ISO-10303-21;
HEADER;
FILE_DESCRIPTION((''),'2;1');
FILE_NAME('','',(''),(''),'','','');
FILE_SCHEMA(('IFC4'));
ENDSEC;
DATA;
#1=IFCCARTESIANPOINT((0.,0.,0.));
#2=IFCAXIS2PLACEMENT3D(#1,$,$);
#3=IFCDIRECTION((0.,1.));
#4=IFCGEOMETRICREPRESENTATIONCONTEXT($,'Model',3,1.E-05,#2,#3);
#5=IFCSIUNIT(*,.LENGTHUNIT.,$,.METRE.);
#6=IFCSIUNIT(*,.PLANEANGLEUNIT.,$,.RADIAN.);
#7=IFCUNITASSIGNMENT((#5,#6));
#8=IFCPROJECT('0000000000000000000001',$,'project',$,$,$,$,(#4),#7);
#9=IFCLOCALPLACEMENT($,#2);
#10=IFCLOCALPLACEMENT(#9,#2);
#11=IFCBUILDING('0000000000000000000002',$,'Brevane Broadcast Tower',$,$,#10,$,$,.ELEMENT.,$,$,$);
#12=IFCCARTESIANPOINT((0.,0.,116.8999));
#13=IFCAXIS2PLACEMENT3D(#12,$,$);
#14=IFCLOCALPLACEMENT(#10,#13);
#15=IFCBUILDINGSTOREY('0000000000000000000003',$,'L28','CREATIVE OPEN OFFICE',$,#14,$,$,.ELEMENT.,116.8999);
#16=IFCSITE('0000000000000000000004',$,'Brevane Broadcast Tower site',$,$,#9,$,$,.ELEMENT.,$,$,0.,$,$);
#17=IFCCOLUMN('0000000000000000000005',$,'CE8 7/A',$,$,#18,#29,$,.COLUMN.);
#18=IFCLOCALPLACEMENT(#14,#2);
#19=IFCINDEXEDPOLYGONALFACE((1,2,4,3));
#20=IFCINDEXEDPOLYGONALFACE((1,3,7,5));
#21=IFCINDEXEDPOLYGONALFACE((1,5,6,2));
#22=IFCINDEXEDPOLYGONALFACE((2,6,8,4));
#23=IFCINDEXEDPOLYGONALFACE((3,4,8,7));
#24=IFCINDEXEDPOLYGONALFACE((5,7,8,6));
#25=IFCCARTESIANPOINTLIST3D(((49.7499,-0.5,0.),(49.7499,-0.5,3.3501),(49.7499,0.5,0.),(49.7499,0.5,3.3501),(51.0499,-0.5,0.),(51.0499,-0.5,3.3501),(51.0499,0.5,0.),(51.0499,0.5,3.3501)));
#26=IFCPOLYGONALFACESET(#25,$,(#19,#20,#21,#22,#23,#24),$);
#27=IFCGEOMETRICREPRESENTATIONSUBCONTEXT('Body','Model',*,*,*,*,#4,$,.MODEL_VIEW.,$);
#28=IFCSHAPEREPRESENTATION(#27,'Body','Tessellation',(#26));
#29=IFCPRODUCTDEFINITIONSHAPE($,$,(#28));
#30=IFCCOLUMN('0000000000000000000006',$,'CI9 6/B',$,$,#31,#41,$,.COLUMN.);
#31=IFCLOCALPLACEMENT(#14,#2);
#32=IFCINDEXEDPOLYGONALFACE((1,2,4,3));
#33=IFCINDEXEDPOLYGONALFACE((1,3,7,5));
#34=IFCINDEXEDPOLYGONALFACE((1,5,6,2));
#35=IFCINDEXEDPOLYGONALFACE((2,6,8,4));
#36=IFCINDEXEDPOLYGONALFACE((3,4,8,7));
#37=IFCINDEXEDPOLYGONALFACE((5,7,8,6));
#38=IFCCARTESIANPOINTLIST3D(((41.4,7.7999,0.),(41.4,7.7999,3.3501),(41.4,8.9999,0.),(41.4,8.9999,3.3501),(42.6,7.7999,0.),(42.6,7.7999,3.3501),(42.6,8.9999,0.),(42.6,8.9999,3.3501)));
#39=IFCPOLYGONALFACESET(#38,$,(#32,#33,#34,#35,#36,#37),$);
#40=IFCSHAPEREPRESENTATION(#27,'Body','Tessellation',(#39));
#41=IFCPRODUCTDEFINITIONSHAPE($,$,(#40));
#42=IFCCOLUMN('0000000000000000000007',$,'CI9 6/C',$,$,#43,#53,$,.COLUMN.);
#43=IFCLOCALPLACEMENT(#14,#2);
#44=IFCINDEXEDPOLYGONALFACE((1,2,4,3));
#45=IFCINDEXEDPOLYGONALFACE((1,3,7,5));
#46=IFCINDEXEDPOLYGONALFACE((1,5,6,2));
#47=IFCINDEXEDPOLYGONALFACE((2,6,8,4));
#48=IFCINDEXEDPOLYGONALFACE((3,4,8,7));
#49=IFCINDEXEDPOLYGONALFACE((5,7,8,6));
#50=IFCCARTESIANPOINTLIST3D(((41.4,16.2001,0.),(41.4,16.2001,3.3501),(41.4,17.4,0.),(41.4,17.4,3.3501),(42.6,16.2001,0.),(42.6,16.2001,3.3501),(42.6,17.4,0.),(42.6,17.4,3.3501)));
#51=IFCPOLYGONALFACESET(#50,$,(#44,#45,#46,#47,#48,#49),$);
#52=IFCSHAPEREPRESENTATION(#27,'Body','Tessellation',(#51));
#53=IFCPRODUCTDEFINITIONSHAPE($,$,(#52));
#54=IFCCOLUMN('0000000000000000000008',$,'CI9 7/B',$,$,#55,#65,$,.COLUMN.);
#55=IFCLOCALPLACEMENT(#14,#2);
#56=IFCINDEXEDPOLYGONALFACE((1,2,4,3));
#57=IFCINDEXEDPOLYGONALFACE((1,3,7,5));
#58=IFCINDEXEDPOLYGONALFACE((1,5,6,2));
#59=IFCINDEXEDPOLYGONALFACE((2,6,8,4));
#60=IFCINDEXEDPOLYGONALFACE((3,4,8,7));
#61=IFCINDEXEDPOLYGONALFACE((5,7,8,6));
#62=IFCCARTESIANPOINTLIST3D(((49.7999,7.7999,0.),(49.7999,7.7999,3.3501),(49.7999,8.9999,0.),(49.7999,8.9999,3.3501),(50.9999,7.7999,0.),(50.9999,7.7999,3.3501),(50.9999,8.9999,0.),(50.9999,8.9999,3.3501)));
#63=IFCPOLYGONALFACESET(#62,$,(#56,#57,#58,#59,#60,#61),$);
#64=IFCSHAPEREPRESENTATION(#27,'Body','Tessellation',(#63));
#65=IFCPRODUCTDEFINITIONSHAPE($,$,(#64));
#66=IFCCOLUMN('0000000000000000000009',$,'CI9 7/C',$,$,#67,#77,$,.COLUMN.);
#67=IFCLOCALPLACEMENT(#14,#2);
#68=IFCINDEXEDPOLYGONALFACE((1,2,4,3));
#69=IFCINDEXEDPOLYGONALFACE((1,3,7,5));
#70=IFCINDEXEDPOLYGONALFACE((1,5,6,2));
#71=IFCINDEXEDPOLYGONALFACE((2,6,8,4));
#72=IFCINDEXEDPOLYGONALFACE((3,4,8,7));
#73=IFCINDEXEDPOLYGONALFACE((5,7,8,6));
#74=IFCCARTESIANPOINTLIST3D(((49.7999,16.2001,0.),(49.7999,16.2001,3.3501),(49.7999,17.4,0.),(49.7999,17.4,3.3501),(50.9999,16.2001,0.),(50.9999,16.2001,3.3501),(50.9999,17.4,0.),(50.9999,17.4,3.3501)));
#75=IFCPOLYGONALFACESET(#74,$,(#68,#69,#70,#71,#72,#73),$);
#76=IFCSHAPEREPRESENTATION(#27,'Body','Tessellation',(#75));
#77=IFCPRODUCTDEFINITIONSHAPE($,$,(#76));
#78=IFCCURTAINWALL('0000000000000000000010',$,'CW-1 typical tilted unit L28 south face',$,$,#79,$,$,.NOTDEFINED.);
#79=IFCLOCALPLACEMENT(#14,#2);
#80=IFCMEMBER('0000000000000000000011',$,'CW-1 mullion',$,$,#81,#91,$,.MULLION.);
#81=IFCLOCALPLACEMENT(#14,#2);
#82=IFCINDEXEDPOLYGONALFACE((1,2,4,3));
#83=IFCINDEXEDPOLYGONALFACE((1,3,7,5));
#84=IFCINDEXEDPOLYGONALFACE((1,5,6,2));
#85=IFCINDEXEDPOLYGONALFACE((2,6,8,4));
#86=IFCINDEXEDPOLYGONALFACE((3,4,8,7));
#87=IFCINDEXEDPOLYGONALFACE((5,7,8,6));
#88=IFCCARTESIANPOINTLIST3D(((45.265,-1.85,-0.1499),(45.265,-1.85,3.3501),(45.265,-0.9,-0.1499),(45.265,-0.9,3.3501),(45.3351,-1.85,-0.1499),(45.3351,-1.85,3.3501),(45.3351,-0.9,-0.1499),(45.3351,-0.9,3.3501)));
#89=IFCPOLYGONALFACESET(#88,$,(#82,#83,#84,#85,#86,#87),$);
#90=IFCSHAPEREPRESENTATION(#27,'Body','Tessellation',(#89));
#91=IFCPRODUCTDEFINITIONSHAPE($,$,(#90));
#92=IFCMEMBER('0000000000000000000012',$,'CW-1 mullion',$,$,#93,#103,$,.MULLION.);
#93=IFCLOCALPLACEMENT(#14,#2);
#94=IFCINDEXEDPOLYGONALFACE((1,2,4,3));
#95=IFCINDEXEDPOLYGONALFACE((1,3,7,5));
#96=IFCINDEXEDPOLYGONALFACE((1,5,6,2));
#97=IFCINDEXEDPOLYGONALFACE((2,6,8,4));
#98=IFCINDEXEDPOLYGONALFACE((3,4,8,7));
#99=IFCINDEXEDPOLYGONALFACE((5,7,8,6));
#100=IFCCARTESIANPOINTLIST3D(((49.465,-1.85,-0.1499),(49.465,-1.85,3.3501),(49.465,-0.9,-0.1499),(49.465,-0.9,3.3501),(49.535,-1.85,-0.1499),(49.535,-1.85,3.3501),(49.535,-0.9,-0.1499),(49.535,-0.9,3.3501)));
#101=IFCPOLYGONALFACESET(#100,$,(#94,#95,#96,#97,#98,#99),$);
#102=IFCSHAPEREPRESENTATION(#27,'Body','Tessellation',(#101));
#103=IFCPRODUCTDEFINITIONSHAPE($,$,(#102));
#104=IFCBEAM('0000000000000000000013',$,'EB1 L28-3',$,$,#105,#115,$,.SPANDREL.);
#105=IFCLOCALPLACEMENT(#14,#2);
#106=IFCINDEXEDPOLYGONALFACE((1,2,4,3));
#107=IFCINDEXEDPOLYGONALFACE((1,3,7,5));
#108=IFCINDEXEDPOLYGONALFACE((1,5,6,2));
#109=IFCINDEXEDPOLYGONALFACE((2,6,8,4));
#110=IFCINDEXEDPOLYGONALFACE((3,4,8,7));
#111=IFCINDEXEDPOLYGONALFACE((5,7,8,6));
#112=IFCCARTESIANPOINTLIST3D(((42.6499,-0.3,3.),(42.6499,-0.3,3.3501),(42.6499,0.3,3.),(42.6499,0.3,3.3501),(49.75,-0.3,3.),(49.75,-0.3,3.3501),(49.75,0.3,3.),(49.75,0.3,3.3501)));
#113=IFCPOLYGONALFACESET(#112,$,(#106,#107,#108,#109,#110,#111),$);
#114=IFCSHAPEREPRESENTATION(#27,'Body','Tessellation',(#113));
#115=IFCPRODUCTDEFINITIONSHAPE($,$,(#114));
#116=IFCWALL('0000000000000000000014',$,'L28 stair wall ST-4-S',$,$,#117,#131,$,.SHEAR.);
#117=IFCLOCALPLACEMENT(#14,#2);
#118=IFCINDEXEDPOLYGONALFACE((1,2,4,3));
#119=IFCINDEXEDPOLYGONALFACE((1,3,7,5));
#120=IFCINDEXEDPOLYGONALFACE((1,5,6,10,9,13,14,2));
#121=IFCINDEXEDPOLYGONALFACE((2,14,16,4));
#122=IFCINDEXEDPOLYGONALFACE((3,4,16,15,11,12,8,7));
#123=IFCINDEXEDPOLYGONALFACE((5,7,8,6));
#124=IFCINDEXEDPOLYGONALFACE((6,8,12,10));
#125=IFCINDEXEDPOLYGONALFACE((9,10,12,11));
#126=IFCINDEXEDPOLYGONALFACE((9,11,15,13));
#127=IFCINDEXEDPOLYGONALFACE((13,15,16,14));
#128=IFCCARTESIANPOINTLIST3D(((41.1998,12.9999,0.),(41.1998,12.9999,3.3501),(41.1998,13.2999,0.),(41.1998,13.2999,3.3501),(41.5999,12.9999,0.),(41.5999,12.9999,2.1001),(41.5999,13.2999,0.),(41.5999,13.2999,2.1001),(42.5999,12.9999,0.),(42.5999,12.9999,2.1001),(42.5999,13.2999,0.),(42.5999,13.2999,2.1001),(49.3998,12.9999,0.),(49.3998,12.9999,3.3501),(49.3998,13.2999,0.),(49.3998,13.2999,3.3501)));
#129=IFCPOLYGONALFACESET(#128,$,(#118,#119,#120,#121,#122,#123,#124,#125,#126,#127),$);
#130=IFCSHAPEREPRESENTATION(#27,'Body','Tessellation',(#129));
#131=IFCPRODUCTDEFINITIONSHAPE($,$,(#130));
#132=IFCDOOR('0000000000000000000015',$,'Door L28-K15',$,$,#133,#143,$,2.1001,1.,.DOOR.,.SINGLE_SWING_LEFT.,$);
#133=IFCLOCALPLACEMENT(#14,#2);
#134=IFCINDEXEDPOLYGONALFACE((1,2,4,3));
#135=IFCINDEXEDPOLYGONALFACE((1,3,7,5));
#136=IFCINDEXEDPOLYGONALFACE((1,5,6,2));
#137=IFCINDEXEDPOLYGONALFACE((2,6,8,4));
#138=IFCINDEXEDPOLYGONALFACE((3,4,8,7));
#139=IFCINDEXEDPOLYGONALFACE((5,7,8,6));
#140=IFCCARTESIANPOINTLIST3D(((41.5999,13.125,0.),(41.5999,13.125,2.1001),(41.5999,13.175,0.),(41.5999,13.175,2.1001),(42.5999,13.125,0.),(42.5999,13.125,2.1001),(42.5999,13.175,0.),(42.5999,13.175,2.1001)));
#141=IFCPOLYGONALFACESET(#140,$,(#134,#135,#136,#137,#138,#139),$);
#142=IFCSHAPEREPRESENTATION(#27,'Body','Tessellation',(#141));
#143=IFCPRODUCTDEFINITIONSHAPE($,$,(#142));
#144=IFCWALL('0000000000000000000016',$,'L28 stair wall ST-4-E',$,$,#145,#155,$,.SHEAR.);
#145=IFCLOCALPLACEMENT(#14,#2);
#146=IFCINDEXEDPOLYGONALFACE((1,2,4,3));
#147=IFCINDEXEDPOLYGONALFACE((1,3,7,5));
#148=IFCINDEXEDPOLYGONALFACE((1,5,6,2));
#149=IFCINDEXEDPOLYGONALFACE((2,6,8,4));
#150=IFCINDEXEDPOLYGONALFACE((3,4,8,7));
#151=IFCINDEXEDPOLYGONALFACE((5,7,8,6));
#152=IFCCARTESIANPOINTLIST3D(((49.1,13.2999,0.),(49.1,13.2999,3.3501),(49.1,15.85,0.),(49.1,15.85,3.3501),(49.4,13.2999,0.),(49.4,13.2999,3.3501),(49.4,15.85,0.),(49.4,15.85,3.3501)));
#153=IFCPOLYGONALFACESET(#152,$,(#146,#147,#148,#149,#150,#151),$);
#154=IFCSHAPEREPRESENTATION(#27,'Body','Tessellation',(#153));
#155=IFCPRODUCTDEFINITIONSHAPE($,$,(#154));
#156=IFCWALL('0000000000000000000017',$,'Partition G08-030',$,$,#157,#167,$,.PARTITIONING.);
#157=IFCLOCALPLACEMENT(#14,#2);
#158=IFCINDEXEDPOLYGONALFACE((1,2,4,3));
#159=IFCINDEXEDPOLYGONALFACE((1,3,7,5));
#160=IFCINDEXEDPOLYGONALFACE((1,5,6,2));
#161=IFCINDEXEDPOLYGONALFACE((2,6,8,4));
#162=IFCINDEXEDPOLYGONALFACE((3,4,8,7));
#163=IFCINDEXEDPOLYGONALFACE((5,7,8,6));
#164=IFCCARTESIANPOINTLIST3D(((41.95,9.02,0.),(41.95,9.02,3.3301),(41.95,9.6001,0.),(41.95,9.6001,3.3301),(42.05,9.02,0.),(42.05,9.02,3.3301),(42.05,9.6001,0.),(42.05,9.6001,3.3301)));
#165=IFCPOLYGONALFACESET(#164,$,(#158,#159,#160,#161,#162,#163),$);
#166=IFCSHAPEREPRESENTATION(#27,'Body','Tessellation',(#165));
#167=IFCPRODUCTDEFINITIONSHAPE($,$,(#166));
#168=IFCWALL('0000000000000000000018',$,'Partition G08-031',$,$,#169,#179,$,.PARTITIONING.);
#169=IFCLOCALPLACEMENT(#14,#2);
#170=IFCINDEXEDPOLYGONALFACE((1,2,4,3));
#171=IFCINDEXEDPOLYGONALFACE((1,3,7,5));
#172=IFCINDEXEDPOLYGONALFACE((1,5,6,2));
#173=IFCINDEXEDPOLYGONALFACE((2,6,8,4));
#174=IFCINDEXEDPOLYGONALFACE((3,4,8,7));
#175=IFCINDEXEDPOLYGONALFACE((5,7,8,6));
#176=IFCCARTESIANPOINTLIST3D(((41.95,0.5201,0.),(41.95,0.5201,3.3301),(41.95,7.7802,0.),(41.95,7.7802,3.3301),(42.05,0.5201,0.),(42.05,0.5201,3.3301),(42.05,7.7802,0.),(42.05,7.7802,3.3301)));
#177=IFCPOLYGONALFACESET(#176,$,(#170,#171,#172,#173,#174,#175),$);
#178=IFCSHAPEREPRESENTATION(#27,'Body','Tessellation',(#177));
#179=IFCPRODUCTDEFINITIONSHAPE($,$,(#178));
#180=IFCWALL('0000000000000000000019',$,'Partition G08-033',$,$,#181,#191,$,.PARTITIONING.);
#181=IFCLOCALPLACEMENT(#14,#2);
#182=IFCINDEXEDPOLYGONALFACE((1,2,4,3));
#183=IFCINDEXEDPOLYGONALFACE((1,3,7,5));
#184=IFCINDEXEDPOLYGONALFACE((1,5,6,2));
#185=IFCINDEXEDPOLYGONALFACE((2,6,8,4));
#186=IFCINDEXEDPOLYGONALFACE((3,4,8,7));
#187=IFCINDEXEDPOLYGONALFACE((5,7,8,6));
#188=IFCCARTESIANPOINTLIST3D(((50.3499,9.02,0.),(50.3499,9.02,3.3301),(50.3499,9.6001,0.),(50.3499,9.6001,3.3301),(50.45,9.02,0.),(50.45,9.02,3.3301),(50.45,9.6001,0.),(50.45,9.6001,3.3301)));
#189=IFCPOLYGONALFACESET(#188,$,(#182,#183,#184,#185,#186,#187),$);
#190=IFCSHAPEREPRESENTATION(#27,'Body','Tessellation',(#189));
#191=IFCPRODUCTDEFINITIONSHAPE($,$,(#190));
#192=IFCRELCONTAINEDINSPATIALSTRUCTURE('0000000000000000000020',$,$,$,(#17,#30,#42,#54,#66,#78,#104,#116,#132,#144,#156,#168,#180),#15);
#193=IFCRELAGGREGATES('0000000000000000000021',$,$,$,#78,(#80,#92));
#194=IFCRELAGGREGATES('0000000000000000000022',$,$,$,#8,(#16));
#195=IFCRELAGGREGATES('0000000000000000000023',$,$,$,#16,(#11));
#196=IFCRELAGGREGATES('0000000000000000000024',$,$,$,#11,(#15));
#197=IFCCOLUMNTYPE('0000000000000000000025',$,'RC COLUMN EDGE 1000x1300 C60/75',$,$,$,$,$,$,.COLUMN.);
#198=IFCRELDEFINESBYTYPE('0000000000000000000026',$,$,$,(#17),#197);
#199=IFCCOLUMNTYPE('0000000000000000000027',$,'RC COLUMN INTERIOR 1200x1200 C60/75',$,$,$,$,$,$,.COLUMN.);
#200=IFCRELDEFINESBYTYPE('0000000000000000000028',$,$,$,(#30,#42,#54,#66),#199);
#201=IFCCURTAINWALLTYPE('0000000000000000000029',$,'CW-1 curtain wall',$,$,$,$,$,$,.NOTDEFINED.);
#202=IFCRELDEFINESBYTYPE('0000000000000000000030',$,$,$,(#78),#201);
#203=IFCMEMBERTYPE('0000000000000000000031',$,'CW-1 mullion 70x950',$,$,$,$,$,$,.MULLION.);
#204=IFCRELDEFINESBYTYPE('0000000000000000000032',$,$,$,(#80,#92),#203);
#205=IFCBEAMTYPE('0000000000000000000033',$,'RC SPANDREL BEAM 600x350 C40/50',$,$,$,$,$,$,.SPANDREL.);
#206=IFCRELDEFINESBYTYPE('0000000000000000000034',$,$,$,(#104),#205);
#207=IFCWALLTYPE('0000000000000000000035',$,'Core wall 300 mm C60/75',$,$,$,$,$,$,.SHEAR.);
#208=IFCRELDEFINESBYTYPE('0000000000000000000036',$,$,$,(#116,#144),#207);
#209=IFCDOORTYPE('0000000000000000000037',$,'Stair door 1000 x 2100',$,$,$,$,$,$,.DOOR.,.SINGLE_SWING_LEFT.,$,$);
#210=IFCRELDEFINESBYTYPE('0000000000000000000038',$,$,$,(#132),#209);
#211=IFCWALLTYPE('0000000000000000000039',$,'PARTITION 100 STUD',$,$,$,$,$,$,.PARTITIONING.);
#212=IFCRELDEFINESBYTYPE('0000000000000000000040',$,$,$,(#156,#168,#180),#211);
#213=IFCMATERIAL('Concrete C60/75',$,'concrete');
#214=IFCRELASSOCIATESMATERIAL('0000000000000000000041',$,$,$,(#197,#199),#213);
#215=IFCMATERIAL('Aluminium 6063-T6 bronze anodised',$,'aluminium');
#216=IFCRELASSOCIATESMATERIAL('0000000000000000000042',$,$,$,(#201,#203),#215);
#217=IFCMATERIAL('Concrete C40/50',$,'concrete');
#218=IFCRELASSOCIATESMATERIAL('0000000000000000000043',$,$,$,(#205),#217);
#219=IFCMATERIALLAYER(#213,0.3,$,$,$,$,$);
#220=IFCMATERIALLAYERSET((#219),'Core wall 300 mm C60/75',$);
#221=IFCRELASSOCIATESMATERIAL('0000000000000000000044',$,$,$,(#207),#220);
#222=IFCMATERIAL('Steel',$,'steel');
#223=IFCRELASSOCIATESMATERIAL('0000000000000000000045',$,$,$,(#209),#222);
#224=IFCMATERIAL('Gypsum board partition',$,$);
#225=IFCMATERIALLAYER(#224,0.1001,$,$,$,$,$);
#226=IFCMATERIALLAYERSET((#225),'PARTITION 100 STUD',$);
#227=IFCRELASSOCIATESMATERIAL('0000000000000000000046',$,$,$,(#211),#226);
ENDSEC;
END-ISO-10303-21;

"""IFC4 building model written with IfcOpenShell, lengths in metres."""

from ifc_helpers import new_model, si_unit, direction, frame, frame_2d, origin, origin_2d, place, context, subcontext, project, spatial, rectangle, extrude, material, layer, layer_set, material_profile, profile_set, type_object, element, fill, aggregate, save


model = new_model("IFC4")

# Units and contexts
model_context = context("Model", 3, precision=1e-05, world=origin(), true_north=direction((0.0, 1.0)))
body_context = subcontext(model_context, "Body", "Model", "MODEL_VIEW")
ifc_project = project(units=[si_unit("LENGTHUNIT", "METRE"), si_unit("PLANEANGLEUNIT", "RADIAN")], contexts=[model_context])

# Site, building, storey
site_placement = place(None, origin())
site = spatial("IfcSite", under=ifc_project, at=site_placement, Name="Brevane Broadcast Tower site", CompositionType="ELEMENT", RefElevation=0.0)
building_placement = place(site_placement, origin())
building = spatial("IfcBuilding", under=site, at=building_placement, Name="Brevane Broadcast Tower", CompositionType="ELEMENT")
storey_placement = place(building_placement, frame((0.0, 0.0, 116.8999)))
storey = spatial("IfcBuildingStorey", under=building, at=storey_placement, Name="L28", Description="CREATIVE OPEN OFFICE", CompositionType="ELEMENT", Elevation=116.8999)

# Columns
ifc_material_1 = material(Name="Concrete C60/75", Category="concrete")
ifc_material_profile_1 = material_profile(ifc_material_1, rectangle(XDim=1.0, YDim=1.3, at=origin_2d()), Name="RC 1000x1300")
ifc_profile_set_1 = profile_set([ifc_material_profile_1], Name="Concrete C60/75")
column_type_1 = type_object("IfcColumnType", Name="RC COLUMN EDGE 1000x1300 C60/75", PredefinedType="COLUMN", material=ifc_profile_set_1)
column_placement = place(storey_placement, frame((50.3999, 0.0, 0.0), z_axis=(0.0, 0.0, 1.0), x_axis=(0.0, 1.0, 0.0)))
element("IfcColumn", 1, at=column_placement, inside=storey, type_object=column_type_1, Name="CE8 7/A", PredefinedType="COLUMN", context=body_context, shape_type="SweptSolid", body=[
    extrude(rectangle(XDim=1.0, YDim=1.3, at=origin_2d()), origin(), (0.0, 0.0, 1.0), 3.3501),
])
ifc_material_profile_2 = material_profile(ifc_material_1, rectangle(XDim=1.2, YDim=1.2, at=origin_2d()), Name="RC 1200x1200")
ifc_profile_set_2 = profile_set([ifc_material_profile_2], Name="Concrete C60/75")
column_type_2 = type_object("IfcColumnType", Name="RC COLUMN INTERIOR 1200x1200 C60/75", PredefinedType="COLUMN", material=ifc_profile_set_2)
for number, where, z_axis, x_axis, name in (
    (2, (42.0, 8.3999, 0.0), (0.0, 0.0, 1.0), (1.0, 0.0, 0.0), "CI9 6/B"),
    (3, (42.0, 16.8, 0.0), (0.0, 0.0, 1.0), (1.0, 0.0, 0.0), "CI9 6/C"),
    (4, (50.3999, 8.3999, 0.0), (0.0, 0.0, 1.0), (1.0, 0.0, 0.0), "CI9 7/B"),
    (5, (50.3999, 16.8, 0.0), (0.0, 0.0, 1.0), (1.0, 0.0, 0.0), "CI9 7/C"),
):
    element("IfcColumn", number, at=place(storey_placement, frame(where, z_axis=z_axis, x_axis=x_axis)), inside=storey, type_object=column_type_2, Name=name, PredefinedType="COLUMN", context=body_context, shape_type="SweptSolid", body=[
        extrude(rectangle(XDim=1.2, YDim=1.2, at=origin_2d()), origin(), (0.0, 0.0, 1.0), 3.3501),
    ])

# Curtain wall, members
ifc_material_2 = material(Name="Aluminium 6063-T6 bronze anodised", Category="aluminium")
curtain_wall_type = type_object("IfcCurtainWallType", Name="CW-1 curtain wall", PredefinedType="NOTDEFINED", material=ifc_material_2)
curtain_wall_placement = place(storey_placement, origin())
curtain_wall = element("IfcCurtainWall", 6, at=curtain_wall_placement, inside=storey, type_object=curtain_wall_type, Name="CW-1 typical tilted unit L28 south face", PredefinedType="NOTDEFINED")
ifc_material_profile_3 = material_profile(ifc_material_2, rectangle(XDim=0.95, YDim=0.0701, at=origin_2d()), Name="RECT 70x950")
ifc_profile_set_3 = profile_set([ifc_material_profile_3], Name="Aluminium 6063-T6 bronze anodised")
member_type = type_object("IfcMemberType", Name="CW-1 mullion 70x950", PredefinedType="MULLION", material=ifc_profile_set_3)
member_1_placement = place(storey_placement, frame((45.3, -1.375, -0.1499), z_axis=(0.0, 0.0, 1.0), x_axis=(0.0, 1.0, 0.0)))
member_1 = element("IfcMember", 7, at=member_1_placement, type_object=member_type, Name="CW-1 mullion", PredefinedType="MULLION", context=body_context, shape_type="SweptSolid", body=[
    extrude(rectangle(XDim=0.95, YDim=0.0701, at=origin_2d()), origin(), (0.0, 0.0, 1.0), 3.5),
])
member_2_placement = place(storey_placement, frame((49.5, -1.375, -0.1499), z_axis=(0.0, 0.0, 1.0), x_axis=(0.0, 1.0, 0.0)))
member_2 = element("IfcMember", 8, at=member_2_placement, type_object=member_type, Name="CW-1 mullion", PredefinedType="MULLION", context=body_context, shape_type="SweptSolid", body=[
    extrude(rectangle(XDim=0.95, YDim=0.0701, at=origin_2d()), origin(), (0.0, 0.0, 1.0), 3.5),
])
aggregate(curtain_wall, [member_1, member_2])

# Beam
ifc_material_3 = material(Name="Concrete C40/50", Category="concrete")
ifc_material_profile_4 = material_profile(ifc_material_3, rectangle(XDim=0.6001, YDim=0.3501, at=origin_2d()), Name="RC 600x350")
ifc_profile_set_4 = profile_set([ifc_material_profile_4], Name="Concrete C40/50")
beam_type = type_object("IfcBeamType", Name="RC SPANDREL BEAM 600x350 C40/50", PredefinedType="SPANDREL", material=ifc_profile_set_4)
beam_placement = place(storey_placement, frame((42.6499, 0.0, 3.175), z_axis=(1.0, 0.0, 0.0), x_axis=(0.0, 1.0, 0.0)))
element("IfcBeam", 9, at=beam_placement, inside=storey, type_object=beam_type, Name="EB1 L28-3", PredefinedType="SPANDREL", context=body_context, shape_type="SweptSolid", body=[
    extrude(rectangle(XDim=0.6001, YDim=0.3501, at=origin_2d()), origin(), (0.0, 0.0, 1.0), 7.1001),
])

# Wall, opening, door
ifc_layer_1 = layer(ifc_material_1, 0.3)
ifc_layer_set_1 = layer_set([ifc_layer_1], Name="Core wall 300 mm C60/75")
wall_type_1 = type_object("IfcWallType", Name="Core wall 300 mm C60/75", PredefinedType="SHEAR", material=ifc_layer_set_1)
wall_1_placement = place(storey_placement, frame((49.3999, 13.1499, 0.0), z_axis=(0.0, 0.0, 1.0), x_axis=(-1.0, 0.0, 0.0)))
wall_1 = element("IfcWall", 10, at=wall_1_placement, inside=storey, type_object=wall_type_1, Name="L28 stair wall ST-4-S", PredefinedType="SHEAR", context=body_context, shape_type="SweptSolid", body=[
    extrude(rectangle(XDim=8.2, YDim=0.3, at=frame_2d((4.1001, 0.0))), origin(), (0.0, 0.0, 1.0), 3.3501),
])
opening_1_placement = place(wall_1_placement, frame((6.8, 0.0, 0.0)))
opening_1 = element("IfcOpeningElement", 11, at=opening_1_placement, cuts=wall_1, PredefinedType="OPENING", context=body_context, shape_type="SweptSolid", body=[
    extrude(rectangle(XDim=1.0, YDim=2.1001, at=frame_2d((0.5, 1.05))), frame((0.0, 0.1599, 0.0), z_axis=(0.0, -1.0, 0.0), x_axis=(1.0, 0.0, 0.0)), (0.0, 0.0, 1.0), 0.3201),
])
ifc_material_4 = material(Name="Steel", Category="steel")
door_type_1 = type_object("IfcDoorType", Name="Stair door 1000 x 2100", OperationType="SINGLE_SWING_LEFT", PredefinedType="DOOR", material=ifc_material_4)
door_1_placement = place(opening_1_placement, origin())
door_1 = element("IfcDoor", 12, at=door_1_placement, inside=storey, type_object=door_type_1, Name="Door L28-K15", OperationType="SINGLE_SWING_LEFT", OverallHeight=2.1001, OverallWidth=1.0, PredefinedType="DOOR", context=body_context, shape_type="SweptSolid", body=[
    extrude(rectangle(XDim=1.0, YDim=2.1001, at=frame_2d((0.5, 1.05))), frame((0.0, 0.0249, 0.0), z_axis=(0.0, -1.0, 0.0), x_axis=(1.0, 0.0, 0.0)), (0.0, 0.0, 1.0), 0.05),
])
fill(opening_1, door_1)

# Walls
wall_2_placement = place(storey_placement, frame((49.25, 13.3, 0.0), z_axis=(0.0, 0.0, 1.0), x_axis=(0.0, 1.0, 0.0)))
element("IfcWall", 13, at=wall_2_placement, inside=storey, type_object=wall_type_1, Name="L28 stair wall ST-4-E", PredefinedType="SHEAR", context=body_context, shape_type="SweptSolid", body=[
    extrude(rectangle(XDim=2.55, YDim=0.3, at=frame_2d((1.2749, 0.0))), origin(), (0.0, 0.0, 1.0), 3.3501),
])
ifc_material_5 = material(Name="Gypsum board partition")
ifc_layer_2 = layer(ifc_material_5, 0.1001)
ifc_layer_set_2 = layer_set([ifc_layer_2], Name="PARTITION 100 STUD")
wall_type_2 = type_object("IfcWallType", Name="PARTITION 100 STUD", PredefinedType="PARTITIONING", material=ifc_layer_set_2)
wall_3_placement = place(storey_placement, frame((42.0, 9.6001, 0.0), z_axis=(0.0, 0.0, 1.0), x_axis=(0.0, -1.0, 0.0)))
element("IfcWall", 14, at=wall_3_placement, inside=storey, type_object=wall_type_2, Name="Partition G08-030", PredefinedType="PARTITIONING", context=body_context, shape_type="SweptSolid", body=[
    extrude(rectangle(XDim=0.5801, YDim=0.1001, at=frame_2d((0.29, 0.0))), origin(), (0.0, 0.0, 1.0), 3.3301),
])
wall_4_placement = place(storey_placement, frame((42.0, 7.78, 0.0), z_axis=(0.0, 0.0, 1.0), x_axis=(0.0, -1.0, 0.0)))
element("IfcWall", 15, at=wall_4_placement, inside=storey, type_object=wall_type_2, Name="Partition G08-031", PredefinedType="PARTITIONING", context=body_context, shape_type="SweptSolid", body=[
    extrude(rectangle(XDim=7.26, YDim=0.1001, at=frame_2d((3.6299, 0.0))), origin(), (0.0, 0.0, 1.0), 3.3301),
])
wall_5_placement = place(storey_placement, frame((50.3999, 9.6001, 0.0), z_axis=(0.0, 0.0, 1.0), x_axis=(0.0, -1.0, 0.0)))
element("IfcWall", 16, at=wall_5_placement, inside=storey, type_object=wall_type_2, Name="Partition G08-033", PredefinedType="PARTITIONING", context=body_context, shape_type="SweptSolid", body=[
    extrude(rectangle(XDim=0.5801, YDim=0.1001, at=frame_2d((0.29, 0.0))), origin(), (0.0, 0.0, 1.0), 3.3301),
])

save(model, "model.ifc")
